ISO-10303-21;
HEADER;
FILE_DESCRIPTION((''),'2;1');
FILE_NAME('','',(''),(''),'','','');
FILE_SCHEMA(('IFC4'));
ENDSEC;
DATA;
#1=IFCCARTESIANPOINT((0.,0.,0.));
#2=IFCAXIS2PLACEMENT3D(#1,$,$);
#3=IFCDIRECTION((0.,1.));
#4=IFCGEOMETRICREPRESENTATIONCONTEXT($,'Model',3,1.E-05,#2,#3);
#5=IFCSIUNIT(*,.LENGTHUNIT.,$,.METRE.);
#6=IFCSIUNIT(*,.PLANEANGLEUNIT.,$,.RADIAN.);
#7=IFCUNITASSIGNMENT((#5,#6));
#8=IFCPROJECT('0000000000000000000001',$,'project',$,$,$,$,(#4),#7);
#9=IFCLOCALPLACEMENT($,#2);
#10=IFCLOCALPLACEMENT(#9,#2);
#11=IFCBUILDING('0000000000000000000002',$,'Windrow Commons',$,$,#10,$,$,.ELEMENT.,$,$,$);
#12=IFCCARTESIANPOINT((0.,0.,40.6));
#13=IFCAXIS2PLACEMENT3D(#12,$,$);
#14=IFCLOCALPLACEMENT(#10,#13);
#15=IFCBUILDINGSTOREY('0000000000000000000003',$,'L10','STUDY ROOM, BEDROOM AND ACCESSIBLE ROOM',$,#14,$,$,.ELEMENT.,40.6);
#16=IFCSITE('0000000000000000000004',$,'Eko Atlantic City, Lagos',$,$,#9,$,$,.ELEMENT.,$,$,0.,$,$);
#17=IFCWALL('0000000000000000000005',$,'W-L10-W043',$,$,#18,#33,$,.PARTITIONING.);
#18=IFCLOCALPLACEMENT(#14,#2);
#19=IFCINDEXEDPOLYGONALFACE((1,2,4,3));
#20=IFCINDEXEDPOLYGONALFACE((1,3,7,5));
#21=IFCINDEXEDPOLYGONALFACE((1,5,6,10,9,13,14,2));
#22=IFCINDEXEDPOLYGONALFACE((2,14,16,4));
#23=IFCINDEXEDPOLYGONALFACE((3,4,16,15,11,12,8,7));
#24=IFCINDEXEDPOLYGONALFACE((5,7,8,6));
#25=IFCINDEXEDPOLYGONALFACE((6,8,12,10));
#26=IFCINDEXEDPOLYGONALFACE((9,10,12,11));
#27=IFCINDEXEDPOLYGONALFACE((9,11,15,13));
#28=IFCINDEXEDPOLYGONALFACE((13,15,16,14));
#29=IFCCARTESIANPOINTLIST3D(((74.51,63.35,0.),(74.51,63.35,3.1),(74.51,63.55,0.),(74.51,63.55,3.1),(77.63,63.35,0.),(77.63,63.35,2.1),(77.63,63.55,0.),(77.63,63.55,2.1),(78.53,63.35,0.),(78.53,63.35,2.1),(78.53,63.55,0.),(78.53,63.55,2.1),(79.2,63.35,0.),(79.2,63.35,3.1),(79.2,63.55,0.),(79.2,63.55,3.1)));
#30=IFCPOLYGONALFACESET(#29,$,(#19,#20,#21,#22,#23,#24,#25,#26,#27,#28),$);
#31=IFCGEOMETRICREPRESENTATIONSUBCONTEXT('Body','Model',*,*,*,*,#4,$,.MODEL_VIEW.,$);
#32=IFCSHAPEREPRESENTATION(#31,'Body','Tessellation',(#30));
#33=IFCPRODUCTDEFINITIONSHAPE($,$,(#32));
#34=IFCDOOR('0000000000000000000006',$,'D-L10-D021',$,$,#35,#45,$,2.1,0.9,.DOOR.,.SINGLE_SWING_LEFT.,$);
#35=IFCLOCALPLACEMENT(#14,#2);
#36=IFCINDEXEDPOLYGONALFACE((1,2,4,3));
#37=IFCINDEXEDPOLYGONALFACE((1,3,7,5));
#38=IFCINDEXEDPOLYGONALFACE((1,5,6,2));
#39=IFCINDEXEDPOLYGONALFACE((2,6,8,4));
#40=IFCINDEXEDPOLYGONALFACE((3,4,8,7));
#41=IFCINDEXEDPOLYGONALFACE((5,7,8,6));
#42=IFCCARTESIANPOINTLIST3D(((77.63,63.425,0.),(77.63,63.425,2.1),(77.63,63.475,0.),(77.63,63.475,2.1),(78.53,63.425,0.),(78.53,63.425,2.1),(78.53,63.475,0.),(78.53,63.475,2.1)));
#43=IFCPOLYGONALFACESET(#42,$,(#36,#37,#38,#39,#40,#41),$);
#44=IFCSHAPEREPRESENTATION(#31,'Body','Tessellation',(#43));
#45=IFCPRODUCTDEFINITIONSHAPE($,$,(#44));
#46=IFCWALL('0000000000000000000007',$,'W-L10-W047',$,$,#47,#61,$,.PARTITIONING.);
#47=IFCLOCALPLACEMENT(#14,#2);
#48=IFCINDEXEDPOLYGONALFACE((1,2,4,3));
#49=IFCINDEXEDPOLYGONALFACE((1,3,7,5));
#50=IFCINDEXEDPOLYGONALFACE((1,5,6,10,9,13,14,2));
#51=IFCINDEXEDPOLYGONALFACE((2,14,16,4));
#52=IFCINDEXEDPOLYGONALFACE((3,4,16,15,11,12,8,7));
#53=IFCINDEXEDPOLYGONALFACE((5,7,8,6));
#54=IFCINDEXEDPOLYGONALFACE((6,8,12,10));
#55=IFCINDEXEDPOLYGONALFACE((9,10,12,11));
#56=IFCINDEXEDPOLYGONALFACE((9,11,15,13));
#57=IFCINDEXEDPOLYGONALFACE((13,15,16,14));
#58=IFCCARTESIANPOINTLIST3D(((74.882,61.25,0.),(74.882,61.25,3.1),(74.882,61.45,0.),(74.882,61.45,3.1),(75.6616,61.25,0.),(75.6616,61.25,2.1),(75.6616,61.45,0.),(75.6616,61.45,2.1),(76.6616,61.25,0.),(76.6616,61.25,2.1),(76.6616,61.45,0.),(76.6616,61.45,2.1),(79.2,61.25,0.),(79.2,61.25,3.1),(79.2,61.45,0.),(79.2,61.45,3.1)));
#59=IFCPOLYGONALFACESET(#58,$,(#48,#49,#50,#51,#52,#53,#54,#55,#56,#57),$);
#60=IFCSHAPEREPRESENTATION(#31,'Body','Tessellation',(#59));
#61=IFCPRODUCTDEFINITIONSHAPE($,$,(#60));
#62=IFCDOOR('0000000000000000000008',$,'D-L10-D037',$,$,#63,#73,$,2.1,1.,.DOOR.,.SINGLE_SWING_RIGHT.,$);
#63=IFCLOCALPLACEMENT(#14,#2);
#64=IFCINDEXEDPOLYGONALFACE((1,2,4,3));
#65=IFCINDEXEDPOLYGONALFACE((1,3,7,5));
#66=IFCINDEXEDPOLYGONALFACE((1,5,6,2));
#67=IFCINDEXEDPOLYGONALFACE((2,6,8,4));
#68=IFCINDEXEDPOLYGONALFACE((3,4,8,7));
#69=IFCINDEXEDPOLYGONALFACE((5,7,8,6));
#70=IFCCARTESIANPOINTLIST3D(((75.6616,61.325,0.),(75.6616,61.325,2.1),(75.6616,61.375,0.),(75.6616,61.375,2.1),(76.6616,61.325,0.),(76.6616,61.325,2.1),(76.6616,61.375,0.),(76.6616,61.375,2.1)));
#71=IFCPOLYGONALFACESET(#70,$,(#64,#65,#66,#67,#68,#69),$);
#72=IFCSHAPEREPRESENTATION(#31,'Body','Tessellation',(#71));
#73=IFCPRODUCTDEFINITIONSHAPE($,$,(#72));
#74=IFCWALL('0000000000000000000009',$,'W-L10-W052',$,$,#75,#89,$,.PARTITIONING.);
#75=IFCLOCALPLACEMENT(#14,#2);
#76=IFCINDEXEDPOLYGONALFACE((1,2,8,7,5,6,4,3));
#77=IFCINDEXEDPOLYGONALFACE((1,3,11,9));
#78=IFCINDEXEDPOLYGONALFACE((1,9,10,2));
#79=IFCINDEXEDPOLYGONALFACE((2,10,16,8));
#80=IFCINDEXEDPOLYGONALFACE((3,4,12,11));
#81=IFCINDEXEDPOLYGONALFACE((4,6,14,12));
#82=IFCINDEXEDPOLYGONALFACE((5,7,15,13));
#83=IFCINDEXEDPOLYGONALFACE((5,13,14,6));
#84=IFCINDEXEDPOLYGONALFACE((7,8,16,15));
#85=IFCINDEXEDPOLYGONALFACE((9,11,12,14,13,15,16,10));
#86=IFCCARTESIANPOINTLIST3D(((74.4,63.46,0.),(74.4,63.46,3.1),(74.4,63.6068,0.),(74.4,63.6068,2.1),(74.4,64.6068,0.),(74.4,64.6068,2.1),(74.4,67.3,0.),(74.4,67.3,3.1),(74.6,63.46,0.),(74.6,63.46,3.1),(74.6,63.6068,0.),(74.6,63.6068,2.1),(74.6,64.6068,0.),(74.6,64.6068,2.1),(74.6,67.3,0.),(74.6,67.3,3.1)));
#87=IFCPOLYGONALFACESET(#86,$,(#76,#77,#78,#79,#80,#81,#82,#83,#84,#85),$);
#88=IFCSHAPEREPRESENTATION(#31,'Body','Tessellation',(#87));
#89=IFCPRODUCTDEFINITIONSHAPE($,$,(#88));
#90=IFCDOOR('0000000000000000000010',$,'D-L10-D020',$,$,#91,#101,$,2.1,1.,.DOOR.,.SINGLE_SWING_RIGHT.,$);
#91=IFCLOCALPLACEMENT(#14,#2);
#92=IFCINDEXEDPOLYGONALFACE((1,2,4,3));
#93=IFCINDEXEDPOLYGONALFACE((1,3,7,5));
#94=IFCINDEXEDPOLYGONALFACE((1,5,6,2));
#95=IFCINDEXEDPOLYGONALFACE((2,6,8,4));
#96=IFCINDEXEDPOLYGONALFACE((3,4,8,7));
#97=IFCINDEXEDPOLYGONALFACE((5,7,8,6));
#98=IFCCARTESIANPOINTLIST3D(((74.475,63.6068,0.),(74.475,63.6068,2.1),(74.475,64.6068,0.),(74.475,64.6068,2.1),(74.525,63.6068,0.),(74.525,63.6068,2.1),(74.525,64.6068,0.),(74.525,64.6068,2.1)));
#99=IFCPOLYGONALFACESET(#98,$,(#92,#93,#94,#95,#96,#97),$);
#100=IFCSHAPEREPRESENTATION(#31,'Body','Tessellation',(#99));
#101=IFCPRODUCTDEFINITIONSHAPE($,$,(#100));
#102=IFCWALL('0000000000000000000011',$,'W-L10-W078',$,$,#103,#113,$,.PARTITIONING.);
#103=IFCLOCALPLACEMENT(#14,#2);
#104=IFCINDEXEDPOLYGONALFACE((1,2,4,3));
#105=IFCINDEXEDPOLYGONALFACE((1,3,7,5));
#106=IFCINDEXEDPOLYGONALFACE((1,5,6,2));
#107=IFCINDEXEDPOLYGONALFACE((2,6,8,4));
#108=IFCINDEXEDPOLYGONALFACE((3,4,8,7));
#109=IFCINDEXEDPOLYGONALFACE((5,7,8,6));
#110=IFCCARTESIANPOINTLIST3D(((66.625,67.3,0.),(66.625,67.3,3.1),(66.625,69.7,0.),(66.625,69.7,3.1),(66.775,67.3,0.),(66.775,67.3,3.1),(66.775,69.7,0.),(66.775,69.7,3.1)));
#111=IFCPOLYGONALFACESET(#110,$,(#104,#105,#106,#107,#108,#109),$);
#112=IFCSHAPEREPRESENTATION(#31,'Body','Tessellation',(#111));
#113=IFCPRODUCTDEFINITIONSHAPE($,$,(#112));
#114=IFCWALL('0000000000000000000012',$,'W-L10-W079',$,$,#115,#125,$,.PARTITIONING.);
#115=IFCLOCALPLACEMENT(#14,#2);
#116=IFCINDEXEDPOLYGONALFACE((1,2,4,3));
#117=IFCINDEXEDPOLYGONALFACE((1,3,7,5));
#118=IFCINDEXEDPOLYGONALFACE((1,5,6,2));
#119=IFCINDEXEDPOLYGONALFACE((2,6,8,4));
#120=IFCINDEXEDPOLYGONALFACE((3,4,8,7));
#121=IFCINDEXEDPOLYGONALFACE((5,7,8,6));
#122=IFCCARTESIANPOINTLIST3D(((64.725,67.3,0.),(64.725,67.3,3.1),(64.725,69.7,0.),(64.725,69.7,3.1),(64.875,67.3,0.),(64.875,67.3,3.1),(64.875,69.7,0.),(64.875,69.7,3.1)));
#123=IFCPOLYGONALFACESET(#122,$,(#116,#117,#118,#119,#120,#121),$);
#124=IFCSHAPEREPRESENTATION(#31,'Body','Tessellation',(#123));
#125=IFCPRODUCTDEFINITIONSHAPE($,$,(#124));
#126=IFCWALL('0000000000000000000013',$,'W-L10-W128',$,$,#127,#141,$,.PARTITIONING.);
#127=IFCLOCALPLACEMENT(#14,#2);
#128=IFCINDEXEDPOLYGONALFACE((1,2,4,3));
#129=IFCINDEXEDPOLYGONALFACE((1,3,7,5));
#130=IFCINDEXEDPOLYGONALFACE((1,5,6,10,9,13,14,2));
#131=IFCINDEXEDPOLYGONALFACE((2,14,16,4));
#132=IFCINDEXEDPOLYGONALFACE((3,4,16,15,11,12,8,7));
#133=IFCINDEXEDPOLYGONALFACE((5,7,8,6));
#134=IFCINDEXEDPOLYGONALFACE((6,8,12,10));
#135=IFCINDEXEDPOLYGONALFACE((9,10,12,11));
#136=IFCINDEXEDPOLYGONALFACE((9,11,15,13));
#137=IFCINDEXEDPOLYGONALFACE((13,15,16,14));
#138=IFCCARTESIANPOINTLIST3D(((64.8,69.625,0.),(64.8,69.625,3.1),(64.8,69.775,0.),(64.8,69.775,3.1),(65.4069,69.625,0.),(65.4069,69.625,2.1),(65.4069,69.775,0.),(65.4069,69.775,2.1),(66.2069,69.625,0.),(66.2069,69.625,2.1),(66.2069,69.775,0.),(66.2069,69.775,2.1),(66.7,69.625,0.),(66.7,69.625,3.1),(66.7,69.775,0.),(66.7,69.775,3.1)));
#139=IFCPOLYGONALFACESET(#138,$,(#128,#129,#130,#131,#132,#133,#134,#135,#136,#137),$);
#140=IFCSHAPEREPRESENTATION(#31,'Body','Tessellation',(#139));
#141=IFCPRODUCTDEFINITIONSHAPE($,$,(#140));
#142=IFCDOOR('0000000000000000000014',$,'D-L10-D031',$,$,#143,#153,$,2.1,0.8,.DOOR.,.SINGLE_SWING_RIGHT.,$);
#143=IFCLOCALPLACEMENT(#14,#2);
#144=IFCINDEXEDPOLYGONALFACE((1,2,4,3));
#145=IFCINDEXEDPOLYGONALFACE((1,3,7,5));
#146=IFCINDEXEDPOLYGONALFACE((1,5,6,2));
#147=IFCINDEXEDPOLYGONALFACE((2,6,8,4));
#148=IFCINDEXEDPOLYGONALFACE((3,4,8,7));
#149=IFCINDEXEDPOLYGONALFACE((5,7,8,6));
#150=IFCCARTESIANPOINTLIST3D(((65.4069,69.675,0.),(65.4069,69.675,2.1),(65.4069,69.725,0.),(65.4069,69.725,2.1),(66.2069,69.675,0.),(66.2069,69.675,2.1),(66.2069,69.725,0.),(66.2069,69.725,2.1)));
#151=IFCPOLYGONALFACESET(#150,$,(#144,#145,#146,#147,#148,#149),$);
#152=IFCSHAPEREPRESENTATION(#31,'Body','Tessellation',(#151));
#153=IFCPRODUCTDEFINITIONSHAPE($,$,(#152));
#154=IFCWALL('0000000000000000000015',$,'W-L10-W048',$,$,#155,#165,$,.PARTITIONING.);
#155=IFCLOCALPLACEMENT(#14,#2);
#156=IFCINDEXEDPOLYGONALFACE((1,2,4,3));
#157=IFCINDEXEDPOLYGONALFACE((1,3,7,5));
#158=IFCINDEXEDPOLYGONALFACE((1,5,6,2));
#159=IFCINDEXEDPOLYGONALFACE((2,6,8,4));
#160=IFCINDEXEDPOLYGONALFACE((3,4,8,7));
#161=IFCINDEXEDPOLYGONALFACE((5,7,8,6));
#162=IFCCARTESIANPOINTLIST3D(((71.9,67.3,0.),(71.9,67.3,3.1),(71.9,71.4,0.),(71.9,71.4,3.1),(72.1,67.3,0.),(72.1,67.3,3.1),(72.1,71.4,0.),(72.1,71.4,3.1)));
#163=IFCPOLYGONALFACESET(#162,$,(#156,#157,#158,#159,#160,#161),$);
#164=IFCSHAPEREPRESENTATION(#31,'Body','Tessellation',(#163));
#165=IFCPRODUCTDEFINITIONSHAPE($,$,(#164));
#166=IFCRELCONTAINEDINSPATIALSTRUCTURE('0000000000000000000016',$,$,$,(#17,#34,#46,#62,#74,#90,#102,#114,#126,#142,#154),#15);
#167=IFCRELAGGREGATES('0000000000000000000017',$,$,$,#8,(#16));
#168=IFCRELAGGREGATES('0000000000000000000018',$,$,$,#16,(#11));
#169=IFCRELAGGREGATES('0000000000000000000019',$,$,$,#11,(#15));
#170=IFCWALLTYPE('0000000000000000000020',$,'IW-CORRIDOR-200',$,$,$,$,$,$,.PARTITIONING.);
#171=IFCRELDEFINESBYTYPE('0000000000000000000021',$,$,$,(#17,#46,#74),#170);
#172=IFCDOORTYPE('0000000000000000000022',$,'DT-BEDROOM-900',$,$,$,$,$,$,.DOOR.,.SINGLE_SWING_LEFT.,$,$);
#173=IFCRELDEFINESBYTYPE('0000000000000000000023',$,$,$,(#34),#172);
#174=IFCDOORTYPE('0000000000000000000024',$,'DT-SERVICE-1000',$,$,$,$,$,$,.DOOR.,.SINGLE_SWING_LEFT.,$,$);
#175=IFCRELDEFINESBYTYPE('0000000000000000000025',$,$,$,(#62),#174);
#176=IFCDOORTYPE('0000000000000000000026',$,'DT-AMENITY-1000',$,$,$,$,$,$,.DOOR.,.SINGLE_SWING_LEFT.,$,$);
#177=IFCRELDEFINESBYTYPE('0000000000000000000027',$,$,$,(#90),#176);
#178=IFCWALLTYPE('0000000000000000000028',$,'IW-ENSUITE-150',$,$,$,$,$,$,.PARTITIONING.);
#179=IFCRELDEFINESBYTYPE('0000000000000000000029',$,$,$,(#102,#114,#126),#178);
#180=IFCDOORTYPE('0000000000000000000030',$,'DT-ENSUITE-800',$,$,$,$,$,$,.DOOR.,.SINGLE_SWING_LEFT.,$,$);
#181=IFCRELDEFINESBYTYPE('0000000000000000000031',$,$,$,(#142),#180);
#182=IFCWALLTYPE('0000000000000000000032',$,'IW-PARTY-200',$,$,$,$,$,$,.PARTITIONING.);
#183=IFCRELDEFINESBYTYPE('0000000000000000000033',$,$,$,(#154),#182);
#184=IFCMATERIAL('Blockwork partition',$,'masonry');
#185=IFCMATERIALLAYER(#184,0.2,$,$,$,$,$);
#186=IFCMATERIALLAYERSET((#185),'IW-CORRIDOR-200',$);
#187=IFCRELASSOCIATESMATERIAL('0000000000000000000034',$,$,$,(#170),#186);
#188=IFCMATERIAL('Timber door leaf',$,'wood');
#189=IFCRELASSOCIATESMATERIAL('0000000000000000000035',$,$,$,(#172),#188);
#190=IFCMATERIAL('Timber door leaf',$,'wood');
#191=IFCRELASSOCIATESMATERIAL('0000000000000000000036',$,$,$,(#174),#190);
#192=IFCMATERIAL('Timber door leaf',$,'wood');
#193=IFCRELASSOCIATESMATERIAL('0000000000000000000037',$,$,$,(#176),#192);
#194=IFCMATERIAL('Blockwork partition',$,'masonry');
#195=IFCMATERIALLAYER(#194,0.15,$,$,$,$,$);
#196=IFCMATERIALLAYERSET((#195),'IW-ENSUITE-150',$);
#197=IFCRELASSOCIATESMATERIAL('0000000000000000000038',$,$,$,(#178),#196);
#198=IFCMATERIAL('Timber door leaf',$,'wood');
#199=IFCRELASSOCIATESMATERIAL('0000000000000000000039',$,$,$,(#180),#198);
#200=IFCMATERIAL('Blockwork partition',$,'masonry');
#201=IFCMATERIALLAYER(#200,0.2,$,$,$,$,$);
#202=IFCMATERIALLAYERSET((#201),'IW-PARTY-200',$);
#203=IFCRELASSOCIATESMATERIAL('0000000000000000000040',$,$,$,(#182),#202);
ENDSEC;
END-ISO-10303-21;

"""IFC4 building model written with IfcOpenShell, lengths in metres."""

from ifc_helpers import new_model, si_unit, direction, frame, frame_2d, origin, place, context, subcontext, project, spatial, rectangle, extrude, material, layer, layer_set, type_object, element, fill, save


model = new_model("IFC4")

# Units and contexts
model_context = context("Model", 3, precision=1e-05, world=origin(), true_north=direction((0.0, 1.0)))
body_context = subcontext(model_context, "Body", "Model", "MODEL_VIEW")
ifc_project = project(units=[si_unit("LENGTHUNIT", "METRE"), si_unit("PLANEANGLEUNIT", "RADIAN")], contexts=[model_context])

# Site, building, storey
site_placement = place(None, origin())
site = spatial("IfcSite", under=ifc_project, at=site_placement, Name="Eko Atlantic City, Lagos", CompositionType="ELEMENT", RefElevation=0.0)
building_placement = place(site_placement, origin())
building = spatial("IfcBuilding", under=site, at=building_placement, Name="Windrow Commons", CompositionType="ELEMENT")
storey_placement = place(building_placement, frame((0.0, 0.0, 40.6)))
storey = spatial("IfcBuildingStorey", under=building, at=storey_placement, Name="L10", Description="STUDY ROOM, BEDROOM AND ACCESSIBLE ROOM", CompositionType="ELEMENT", Elevation=40.6)

# Shared definitions
ifc_material_1 = material(Name="Blockwork partition", Category="masonry")
ifc_layer_1 = layer(ifc_material_1, 0.2)
ifc_layer_set_1 = layer_set([ifc_layer_1], Name="IW-CORRIDOR-200")
wall_type_1 = type_object("IfcWallType", Name="IW-CORRIDOR-200", PredefinedType="PARTITIONING", material=ifc_layer_set_1)

# Walls, openings, doors
wall_1_placement = place(storey_placement, frame((74.51, 63.45, 0.0), z_axis=(0.0, 0.0, 1.0), x_axis=(1.0, 0.0, 0.0)))
wall_1 = element("IfcWall", 1, at=wall_1_placement, inside=storey, type_object=wall_type_1, Name="W-L10-W043", PredefinedType="PARTITIONING", context=body_context, shape_type="SweptSolid", body=[
    extrude(rectangle(XDim=4.69, YDim=0.2, at=frame_2d((2.345, 0.0))), origin(), (0.0, 0.0, 1.0), 3.1),
])
opening_1_placement = place(wall_1_placement, frame((3.12, 0.0, 0.0)))
opening_1 = element("IfcOpeningElement", 2, at=opening_1_placement, cuts=wall_1, PredefinedType="OPENING", context=body_context, shape_type="SweptSolid", body=[
    extrude(rectangle(XDim=0.9, YDim=2.1, at=frame_2d((0.45, 1.05))), frame((0.0, 0.11, 0.0), z_axis=(0.0, -1.0, 0.0), x_axis=(1.0, 0.0, 0.0)), (0.0, 0.0, 1.0), 0.22),
])
ifc_material_2 = material(Name="Timber door leaf", Category="wood")
door_type_1 = type_object("IfcDoorType", Name="DT-BEDROOM-900", OperationType="SINGLE_SWING_LEFT", PredefinedType="DOOR", material=ifc_material_2)
door_1_placement = place(opening_1_placement, origin())
door_1 = element("IfcDoor", 3, at=door_1_placement, inside=storey, type_object=door_type_1, Name="D-L10-D021", OperationType="SINGLE_SWING_LEFT", OverallHeight=2.1, OverallWidth=0.9, PredefinedType="DOOR", context=body_context, shape_type="SweptSolid", body=[
    extrude(rectangle(XDim=0.9, YDim=2.1, at=frame_2d((0.45, 1.05))), frame((0.0, 0.025, 0.0), z_axis=(0.0, -1.0, 0.0), x_axis=(1.0, 0.0, 0.0)), (0.0, 0.0, 1.0), 0.05),
])
fill(opening_1, door_1)
wall_2_placement = place(storey_placement, frame((74.882, 61.35, 0.0), z_axis=(0.0, 0.0, 1.0), x_axis=(1.0, 0.0, 0.0)))
wall_2 = element("IfcWall", 4, at=wall_2_placement, inside=storey, type_object=wall_type_1, Name="W-L10-W047", PredefinedType="PARTITIONING", context=body_context, shape_type="SweptSolid", body=[
    extrude(rectangle(XDim=4.318, YDim=0.2, at=frame_2d((2.159, 0.0))), origin(), (0.0, 0.0, 1.0), 3.1),
])
opening_2_placement = place(wall_2_placement, frame((0.7796, 0.0, 0.0)))
opening_2 = element("IfcOpeningElement", 5, at=opening_2_placement, cuts=wall_2, PredefinedType="OPENING", context=body_context, shape_type="SweptSolid", body=[
    extrude(rectangle(XDim=1.0, YDim=2.1, at=frame_2d((0.5, 1.05))), frame((0.0, 0.11, 0.0), z_axis=(0.0, -1.0, 0.0), x_axis=(1.0, 0.0, 0.0)), (0.0, 0.0, 1.0), 0.22),
])
ifc_material_3 = material(Name="Timber door leaf", Category="wood")
door_type_2 = type_object("IfcDoorType", Name="DT-SERVICE-1000", OperationType="SINGLE_SWING_LEFT", PredefinedType="DOOR", material=ifc_material_3)
door_2_placement = place(opening_2_placement, origin())
door_2 = element("IfcDoor", 6, at=door_2_placement, inside=storey, type_object=door_type_2, Name="D-L10-D037", OperationType="SINGLE_SWING_RIGHT", OverallHeight=2.1, OverallWidth=1.0, PredefinedType="DOOR", context=body_context, shape_type="SweptSolid", body=[
    extrude(rectangle(XDim=1.0, YDim=2.1, at=frame_2d((0.5, 1.05))), frame((0.0, 0.025, 0.0), z_axis=(0.0, -1.0, 0.0), x_axis=(1.0, 0.0, 0.0)), (0.0, 0.0, 1.0), 0.05),
])
fill(opening_2, door_2)
wall_3_placement = place(storey_placement, frame((74.5, 63.46, 0.0), z_axis=(0.0, 0.0, 1.0), x_axis=(0.0, 1.0, 0.0)))
wall_3 = element("IfcWall", 7, at=wall_3_placement, inside=storey, type_object=wall_type_1, Name="W-L10-W052", PredefinedType="PARTITIONING", context=body_context, shape_type="SweptSolid", body=[
    extrude(rectangle(XDim=3.84, YDim=0.2, at=frame_2d((1.92, 0.0))), origin(), (0.0, 0.0, 1.0), 3.1),
])
opening_3_placement = place(wall_3_placement, frame((0.1468, 0.0, 0.0)))
opening_3 = element("IfcOpeningElement", 8, at=opening_3_placement, cuts=wall_3, PredefinedType="OPENING", context=body_context, shape_type="SweptSolid", body=[
    extrude(rectangle(XDim=1.0, YDim=2.1, at=frame_2d((0.5, 1.05))), frame((0.0, 0.11, 0.0), z_axis=(0.0, -1.0, 0.0), x_axis=(1.0, 0.0, 0.0)), (0.0, 0.0, 1.0), 0.22),
])
ifc_material_4 = material(Name="Timber door leaf", Category="wood")
door_type_3 = type_object("IfcDoorType", Name="DT-AMENITY-1000", OperationType="SINGLE_SWING_LEFT", PredefinedType="DOOR", material=ifc_material_4)
door_3_placement = place(opening_3_placement, origin())
door_3 = element("IfcDoor", 9, at=door_3_placement, inside=storey, type_object=door_type_3, Name="D-L10-D020", OperationType="SINGLE_SWING_RIGHT", OverallHeight=2.1, OverallWidth=1.0, PredefinedType="DOOR", context=body_context, shape_type="SweptSolid", body=[
    extrude(rectangle(XDim=1.0, YDim=2.1, at=frame_2d((0.5, 1.05))), frame((0.0, 0.025, 0.0), z_axis=(0.0, -1.0, 0.0), x_axis=(1.0, 0.0, 0.0)), (0.0, 0.0, 1.0), 0.05),
])
fill(opening_3, door_3)

# Walls
ifc_material_5 = material(Name="Blockwork partition", Category="masonry")
ifc_layer_2 = layer(ifc_material_5, 0.15)
ifc_layer_set_2 = layer_set([ifc_layer_2], Name="IW-ENSUITE-150")
wall_type_2 = type_object("IfcWallType", Name="IW-ENSUITE-150", PredefinedType="PARTITIONING", material=ifc_layer_set_2)
for number, where, z_axis, x_axis, name in (
    (10, (66.7, 67.3, 0.0), (0.0, 0.0, 1.0), (0.0, 1.0, 0.0), "W-L10-W078"),
    (11, (64.8, 67.3, 0.0), (0.0, 0.0, 1.0), (0.0, 1.0, 0.0), "W-L10-W079"),
):
    element("IfcWall", number, at=place(storey_placement, frame(where, z_axis=z_axis, x_axis=x_axis)), inside=storey, type_object=wall_type_2, Name=name, PredefinedType="PARTITIONING", context=body_context, shape_type="SweptSolid", body=[
        extrude(rectangle(XDim=2.4, YDim=0.15, at=frame_2d((1.2, 0.0))), origin(), (0.0, 0.0, 1.0), 3.1),
    ])

# Wall, opening, door
wall_4_placement = place(storey_placement, frame((64.8, 69.7, 0.0), z_axis=(0.0, 0.0, 1.0), x_axis=(1.0, 0.0, 0.0)))
wall_4 = element("IfcWall", 12, at=wall_4_placement, inside=storey, type_object=wall_type_2, Name="W-L10-W128", PredefinedType="PARTITIONING", context=body_context, shape_type="SweptSolid", body=[
    extrude(rectangle(XDim=1.9, YDim=0.15, at=frame_2d((0.95, 0.0))), origin(), (0.0, 0.0, 1.0), 3.1),
])
opening_4_placement = place(wall_4_placement, frame((0.6069, 0.0, 0.0)))
opening_4 = element("IfcOpeningElement", 13, at=opening_4_placement, cuts=wall_4, PredefinedType="OPENING", context=body_context, shape_type="SweptSolid", body=[
    extrude(rectangle(XDim=0.8, YDim=2.1, at=frame_2d((0.4, 1.05))), frame((0.0, 0.085, 0.0), z_axis=(0.0, -1.0, 0.0), x_axis=(1.0, 0.0, 0.0)), (0.0, 0.0, 1.0), 0.17),
])
ifc_material_6 = material(Name="Timber door leaf", Category="wood")
door_type_4 = type_object("IfcDoorType", Name="DT-ENSUITE-800", OperationType="SINGLE_SWING_LEFT", PredefinedType="DOOR", material=ifc_material_6)
door_4_placement = place(opening_4_placement, origin())
door_4 = element("IfcDoor", 14, at=door_4_placement, inside=storey, type_object=door_type_4, Name="D-L10-D031", OperationType="SINGLE_SWING_RIGHT", OverallHeight=2.1, OverallWidth=0.8, PredefinedType="DOOR", context=body_context, shape_type="SweptSolid", body=[
    extrude(rectangle(XDim=0.8, YDim=2.1, at=frame_2d((0.4, 1.05))), frame((0.0, 0.025, 0.0), z_axis=(0.0, -1.0, 0.0), x_axis=(1.0, 0.0, 0.0)), (0.0, 0.0, 1.0), 0.05),
])
fill(opening_4, door_4)

# Wall
ifc_material_7 = material(Name="Blockwork partition", Category="masonry")
ifc_layer_3 = layer(ifc_material_7, 0.2)
ifc_layer_set_3 = layer_set([ifc_layer_3], Name="IW-PARTY-200")
wall_type_3 = type_object("IfcWallType", Name="IW-PARTY-200", PredefinedType="PARTITIONING", material=ifc_layer_set_3)
wall_5_placement = place(storey_placement, frame((72.0, 67.3, 0.0), z_axis=(0.0, 0.0, 1.0), x_axis=(0.0, 1.0, 0.0)))
element("IfcWall", 15, at=wall_5_placement, inside=storey, type_object=wall_type_3, Name="W-L10-W048", PredefinedType="PARTITIONING", context=body_context, shape_type="SweptSolid", body=[
    extrude(rectangle(XDim=4.1, YDim=0.2, at=frame_2d((2.05, 0.0))), origin(), (0.0, 0.0, 1.0), 3.1),
])

save(model, "model.ifc")
